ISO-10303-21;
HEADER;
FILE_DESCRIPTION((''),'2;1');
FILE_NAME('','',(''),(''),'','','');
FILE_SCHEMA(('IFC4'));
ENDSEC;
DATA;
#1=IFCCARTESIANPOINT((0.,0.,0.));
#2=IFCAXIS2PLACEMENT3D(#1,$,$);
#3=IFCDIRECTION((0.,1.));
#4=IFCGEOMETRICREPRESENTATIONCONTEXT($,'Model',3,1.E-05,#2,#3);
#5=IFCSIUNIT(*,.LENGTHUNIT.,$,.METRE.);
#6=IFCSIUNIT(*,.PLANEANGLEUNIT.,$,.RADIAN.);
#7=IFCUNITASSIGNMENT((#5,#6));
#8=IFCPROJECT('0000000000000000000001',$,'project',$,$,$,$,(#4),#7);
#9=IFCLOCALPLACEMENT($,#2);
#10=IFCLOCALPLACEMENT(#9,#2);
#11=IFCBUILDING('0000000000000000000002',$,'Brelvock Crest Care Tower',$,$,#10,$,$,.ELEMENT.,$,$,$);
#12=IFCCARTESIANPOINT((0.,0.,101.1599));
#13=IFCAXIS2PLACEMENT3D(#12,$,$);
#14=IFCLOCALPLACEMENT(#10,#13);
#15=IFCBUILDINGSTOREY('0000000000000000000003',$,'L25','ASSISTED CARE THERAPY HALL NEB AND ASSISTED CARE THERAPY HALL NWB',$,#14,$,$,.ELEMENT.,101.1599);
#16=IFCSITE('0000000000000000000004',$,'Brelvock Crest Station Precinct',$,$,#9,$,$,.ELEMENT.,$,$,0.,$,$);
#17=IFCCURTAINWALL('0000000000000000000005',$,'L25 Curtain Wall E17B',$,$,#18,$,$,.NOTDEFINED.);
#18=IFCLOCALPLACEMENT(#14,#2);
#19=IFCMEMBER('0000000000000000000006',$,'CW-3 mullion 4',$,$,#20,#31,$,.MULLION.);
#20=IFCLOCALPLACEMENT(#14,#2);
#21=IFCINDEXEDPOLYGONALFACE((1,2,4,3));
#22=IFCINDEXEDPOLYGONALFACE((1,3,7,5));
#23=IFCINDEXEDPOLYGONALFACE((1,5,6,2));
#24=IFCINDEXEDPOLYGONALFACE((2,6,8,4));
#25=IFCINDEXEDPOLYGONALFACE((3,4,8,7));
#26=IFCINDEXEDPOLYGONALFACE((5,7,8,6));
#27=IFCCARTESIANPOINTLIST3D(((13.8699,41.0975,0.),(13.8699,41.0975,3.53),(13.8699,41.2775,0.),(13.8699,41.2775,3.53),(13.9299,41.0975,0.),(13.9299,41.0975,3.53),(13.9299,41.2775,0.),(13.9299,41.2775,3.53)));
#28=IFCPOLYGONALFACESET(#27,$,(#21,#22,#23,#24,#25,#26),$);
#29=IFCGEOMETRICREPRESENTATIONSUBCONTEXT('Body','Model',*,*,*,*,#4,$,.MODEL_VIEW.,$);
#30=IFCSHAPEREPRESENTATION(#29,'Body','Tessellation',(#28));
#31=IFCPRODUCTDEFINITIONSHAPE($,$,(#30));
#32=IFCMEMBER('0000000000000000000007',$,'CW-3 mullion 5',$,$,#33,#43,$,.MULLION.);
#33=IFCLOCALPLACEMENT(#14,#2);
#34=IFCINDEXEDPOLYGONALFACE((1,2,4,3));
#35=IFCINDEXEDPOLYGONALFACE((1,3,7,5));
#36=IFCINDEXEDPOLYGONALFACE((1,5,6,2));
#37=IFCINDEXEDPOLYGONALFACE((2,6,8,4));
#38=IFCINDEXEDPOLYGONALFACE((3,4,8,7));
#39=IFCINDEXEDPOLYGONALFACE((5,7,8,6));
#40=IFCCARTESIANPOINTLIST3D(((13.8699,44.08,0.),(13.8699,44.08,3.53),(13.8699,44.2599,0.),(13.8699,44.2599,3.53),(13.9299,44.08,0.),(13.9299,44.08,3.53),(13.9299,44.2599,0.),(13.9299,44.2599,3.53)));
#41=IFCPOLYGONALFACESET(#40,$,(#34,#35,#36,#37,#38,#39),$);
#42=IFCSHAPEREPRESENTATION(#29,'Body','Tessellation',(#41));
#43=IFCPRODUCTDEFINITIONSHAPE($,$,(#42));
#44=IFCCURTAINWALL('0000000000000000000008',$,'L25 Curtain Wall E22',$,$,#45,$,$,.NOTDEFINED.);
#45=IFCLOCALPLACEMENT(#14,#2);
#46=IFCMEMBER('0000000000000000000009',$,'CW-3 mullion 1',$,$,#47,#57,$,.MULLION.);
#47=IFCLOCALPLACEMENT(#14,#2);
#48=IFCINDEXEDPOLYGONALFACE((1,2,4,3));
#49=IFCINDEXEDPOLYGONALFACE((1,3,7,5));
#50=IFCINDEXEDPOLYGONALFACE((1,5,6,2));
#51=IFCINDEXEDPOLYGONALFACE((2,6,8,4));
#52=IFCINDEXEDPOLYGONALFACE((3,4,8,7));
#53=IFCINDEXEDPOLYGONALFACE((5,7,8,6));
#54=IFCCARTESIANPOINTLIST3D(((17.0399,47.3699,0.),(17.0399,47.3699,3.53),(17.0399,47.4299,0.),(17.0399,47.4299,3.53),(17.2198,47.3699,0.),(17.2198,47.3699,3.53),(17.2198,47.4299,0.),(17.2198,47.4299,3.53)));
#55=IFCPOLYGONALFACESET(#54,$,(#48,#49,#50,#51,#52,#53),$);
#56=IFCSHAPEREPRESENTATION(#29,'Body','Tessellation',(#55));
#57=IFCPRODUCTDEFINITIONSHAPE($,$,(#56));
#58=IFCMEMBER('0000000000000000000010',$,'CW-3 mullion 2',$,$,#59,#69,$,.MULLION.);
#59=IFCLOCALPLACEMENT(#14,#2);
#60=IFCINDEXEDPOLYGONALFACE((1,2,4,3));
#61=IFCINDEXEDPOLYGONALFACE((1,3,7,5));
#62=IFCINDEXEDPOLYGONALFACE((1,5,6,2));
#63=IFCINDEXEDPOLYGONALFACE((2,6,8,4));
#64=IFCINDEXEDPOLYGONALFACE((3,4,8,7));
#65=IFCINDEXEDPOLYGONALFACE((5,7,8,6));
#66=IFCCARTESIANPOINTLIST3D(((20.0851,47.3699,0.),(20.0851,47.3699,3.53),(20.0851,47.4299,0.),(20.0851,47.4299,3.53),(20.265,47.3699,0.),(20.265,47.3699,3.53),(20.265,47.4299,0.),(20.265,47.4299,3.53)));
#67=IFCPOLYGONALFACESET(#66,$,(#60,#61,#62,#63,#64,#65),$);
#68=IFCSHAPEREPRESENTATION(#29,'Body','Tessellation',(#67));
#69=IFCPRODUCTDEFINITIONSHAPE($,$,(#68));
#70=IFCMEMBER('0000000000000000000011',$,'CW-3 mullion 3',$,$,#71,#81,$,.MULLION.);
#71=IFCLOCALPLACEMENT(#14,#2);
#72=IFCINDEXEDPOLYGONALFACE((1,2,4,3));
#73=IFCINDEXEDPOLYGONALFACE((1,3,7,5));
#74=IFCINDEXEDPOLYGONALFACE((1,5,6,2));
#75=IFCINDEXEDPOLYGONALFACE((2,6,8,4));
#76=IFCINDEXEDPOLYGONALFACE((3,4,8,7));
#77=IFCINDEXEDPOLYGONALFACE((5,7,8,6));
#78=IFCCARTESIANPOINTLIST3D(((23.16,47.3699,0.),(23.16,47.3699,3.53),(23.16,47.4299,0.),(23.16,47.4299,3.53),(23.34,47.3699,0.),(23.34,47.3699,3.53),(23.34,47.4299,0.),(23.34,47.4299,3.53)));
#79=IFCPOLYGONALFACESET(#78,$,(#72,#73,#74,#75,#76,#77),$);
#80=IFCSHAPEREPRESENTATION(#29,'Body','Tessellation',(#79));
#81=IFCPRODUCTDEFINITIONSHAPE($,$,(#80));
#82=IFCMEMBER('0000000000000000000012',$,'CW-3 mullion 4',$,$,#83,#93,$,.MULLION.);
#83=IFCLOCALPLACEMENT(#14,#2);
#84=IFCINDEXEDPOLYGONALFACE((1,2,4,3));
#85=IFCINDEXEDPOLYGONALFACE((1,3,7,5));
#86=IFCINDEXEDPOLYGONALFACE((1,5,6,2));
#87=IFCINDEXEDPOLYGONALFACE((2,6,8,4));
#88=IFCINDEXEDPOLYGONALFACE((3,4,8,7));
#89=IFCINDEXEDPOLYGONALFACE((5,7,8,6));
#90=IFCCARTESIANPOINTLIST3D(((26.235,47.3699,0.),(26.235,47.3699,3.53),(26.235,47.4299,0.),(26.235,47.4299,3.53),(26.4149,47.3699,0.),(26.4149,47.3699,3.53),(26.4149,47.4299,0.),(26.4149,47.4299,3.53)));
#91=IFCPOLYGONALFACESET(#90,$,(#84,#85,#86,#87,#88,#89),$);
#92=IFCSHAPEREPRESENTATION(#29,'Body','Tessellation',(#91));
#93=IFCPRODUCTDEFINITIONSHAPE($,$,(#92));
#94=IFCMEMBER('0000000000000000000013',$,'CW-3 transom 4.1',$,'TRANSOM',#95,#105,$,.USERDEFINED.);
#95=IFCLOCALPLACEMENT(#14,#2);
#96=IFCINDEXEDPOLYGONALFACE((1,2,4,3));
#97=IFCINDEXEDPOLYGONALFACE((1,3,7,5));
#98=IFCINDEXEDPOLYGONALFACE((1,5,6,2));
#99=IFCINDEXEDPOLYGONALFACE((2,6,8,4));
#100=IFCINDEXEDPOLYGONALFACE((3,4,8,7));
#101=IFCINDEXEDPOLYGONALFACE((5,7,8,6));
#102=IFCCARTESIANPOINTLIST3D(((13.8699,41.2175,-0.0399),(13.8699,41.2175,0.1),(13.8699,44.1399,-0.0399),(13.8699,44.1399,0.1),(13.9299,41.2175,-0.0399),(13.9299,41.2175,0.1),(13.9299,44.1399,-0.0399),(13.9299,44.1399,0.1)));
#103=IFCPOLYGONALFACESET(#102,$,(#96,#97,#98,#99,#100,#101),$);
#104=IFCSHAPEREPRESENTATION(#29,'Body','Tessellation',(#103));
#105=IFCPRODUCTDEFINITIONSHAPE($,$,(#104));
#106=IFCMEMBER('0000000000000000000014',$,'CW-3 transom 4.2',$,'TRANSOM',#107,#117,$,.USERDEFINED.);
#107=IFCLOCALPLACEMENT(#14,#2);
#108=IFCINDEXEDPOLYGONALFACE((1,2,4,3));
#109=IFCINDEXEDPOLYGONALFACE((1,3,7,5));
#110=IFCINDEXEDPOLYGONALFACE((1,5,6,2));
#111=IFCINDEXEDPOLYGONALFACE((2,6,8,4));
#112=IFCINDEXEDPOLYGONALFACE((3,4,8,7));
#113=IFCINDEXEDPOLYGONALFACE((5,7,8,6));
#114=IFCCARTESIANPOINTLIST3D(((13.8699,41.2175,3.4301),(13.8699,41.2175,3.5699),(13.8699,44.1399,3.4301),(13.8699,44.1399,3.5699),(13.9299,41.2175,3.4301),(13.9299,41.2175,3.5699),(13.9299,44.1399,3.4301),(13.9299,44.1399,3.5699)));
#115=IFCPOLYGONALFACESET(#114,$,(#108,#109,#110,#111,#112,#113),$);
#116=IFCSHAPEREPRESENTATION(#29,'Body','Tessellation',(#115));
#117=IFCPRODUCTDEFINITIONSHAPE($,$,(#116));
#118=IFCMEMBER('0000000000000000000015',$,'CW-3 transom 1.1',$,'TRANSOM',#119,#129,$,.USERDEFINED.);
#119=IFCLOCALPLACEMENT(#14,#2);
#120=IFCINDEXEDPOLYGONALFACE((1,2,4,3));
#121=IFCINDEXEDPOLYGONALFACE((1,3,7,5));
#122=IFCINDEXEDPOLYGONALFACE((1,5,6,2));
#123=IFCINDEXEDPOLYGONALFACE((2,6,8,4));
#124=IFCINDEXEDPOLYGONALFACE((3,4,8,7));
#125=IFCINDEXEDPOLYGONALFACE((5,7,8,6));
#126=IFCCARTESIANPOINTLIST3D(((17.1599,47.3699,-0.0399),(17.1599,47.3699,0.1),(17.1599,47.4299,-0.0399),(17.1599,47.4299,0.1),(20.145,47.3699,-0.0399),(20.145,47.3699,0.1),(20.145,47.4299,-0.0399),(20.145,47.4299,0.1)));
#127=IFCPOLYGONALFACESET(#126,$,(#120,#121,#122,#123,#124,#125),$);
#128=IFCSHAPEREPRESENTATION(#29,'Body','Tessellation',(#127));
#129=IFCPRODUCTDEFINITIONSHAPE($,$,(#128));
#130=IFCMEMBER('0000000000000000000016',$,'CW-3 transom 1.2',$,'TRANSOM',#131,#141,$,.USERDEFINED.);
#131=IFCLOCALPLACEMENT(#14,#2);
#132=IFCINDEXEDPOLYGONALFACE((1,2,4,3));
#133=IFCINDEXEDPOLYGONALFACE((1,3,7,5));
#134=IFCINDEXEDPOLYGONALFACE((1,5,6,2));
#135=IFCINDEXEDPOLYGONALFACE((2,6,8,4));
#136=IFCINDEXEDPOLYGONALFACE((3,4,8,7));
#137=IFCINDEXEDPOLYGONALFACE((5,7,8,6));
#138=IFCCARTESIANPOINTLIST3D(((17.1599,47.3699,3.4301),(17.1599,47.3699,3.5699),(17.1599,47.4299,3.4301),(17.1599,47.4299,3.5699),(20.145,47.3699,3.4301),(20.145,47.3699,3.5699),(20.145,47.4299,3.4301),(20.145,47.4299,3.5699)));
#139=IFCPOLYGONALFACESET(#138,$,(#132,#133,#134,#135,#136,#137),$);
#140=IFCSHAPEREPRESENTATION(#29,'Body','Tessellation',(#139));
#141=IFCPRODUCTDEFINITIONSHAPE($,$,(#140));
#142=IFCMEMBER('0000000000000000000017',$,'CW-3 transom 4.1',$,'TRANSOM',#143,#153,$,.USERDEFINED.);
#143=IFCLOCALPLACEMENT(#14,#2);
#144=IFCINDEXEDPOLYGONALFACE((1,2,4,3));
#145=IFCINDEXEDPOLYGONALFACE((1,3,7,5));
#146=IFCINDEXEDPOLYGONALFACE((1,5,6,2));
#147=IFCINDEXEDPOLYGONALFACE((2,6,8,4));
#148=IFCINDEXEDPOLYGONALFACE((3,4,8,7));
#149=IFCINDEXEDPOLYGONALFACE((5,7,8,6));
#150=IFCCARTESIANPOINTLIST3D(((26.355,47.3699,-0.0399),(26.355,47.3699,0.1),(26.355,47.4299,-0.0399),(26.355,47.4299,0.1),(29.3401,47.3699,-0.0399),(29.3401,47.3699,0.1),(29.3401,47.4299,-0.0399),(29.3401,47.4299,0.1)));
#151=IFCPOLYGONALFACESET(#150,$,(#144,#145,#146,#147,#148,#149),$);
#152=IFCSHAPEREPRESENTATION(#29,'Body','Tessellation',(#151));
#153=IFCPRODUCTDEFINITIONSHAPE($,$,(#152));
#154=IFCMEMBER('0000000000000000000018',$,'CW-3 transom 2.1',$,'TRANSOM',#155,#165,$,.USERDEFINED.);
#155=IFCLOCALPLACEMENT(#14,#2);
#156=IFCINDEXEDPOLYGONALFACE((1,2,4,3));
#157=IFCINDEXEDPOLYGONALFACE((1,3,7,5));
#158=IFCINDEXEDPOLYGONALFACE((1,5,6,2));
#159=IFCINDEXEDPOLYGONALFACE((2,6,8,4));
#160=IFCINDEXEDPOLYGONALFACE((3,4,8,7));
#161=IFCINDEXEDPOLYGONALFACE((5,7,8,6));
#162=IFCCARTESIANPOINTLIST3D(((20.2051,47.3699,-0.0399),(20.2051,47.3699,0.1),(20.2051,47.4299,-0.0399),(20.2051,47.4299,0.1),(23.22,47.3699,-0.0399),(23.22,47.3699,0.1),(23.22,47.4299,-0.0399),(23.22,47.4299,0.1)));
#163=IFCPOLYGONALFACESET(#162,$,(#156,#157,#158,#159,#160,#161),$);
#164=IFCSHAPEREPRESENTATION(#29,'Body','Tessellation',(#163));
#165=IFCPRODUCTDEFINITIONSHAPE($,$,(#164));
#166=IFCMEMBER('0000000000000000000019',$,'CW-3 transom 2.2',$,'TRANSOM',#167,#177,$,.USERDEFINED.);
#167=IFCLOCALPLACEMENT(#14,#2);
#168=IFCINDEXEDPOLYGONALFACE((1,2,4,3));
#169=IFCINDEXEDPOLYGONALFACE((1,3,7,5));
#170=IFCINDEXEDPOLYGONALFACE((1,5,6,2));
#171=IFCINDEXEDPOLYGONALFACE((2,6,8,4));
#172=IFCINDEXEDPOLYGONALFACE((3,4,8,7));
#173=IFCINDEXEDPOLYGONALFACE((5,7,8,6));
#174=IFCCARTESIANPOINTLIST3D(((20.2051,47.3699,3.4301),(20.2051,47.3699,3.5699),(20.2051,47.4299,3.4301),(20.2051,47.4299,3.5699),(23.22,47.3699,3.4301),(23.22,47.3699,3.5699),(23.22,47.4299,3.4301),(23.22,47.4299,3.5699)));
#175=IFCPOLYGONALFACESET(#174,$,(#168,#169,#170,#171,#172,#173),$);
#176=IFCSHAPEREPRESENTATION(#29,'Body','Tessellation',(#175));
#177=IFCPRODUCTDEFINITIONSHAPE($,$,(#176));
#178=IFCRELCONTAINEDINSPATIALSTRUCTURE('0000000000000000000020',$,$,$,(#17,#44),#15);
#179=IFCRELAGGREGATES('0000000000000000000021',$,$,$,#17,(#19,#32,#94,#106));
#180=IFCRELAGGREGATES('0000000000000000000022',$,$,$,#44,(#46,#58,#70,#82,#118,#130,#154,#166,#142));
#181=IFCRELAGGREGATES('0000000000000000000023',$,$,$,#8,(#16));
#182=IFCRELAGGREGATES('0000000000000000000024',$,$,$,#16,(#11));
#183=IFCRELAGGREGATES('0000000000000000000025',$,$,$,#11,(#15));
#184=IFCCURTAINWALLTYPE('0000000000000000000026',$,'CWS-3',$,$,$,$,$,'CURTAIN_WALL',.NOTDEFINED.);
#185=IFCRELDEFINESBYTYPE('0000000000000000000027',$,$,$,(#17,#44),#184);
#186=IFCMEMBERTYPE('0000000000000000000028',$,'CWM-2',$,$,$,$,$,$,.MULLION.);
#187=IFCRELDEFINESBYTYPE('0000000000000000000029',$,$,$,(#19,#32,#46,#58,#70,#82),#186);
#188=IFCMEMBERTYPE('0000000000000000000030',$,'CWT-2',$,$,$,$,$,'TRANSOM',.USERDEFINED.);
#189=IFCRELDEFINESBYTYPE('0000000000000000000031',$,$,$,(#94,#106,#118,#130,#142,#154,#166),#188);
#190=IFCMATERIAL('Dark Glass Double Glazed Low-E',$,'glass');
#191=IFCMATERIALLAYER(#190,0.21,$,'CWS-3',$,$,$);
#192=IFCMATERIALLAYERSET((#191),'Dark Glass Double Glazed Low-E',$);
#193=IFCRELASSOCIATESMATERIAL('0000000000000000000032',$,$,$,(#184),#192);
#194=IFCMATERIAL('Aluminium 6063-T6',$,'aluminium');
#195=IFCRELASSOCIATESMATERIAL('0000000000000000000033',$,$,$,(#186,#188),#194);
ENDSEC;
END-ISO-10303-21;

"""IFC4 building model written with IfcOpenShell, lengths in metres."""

from ifc_helpers import new_model, si_unit, direction, frame, origin, origin_2d, place, context, subcontext, project, spatial, rectangle, extrude, source, transform, mapped, material, layer, layer_set, material_profile, profile_set, type_object, element, aggregate, save


model = new_model("IFC4")

# Units and contexts
model_context = context("Model", 3, precision=1e-05, world=origin(), true_north=direction((0.0, 1.0)))
body_context = subcontext(model_context, "Body", "Model", "MODEL_VIEW")
ifc_project = project(units=[si_unit("LENGTHUNIT", "METRE"), si_unit("PLANEANGLEUNIT", "RADIAN")], contexts=[model_context])

# Site, building, storey
site_placement = place(None, origin())
site = spatial("IfcSite", under=ifc_project, at=site_placement, Name="Brelvock Crest Station Precinct", CompositionType="ELEMENT", RefElevation=0.0)
building_placement = place(site_placement, origin())
building = spatial("IfcBuilding", under=site, at=building_placement, Name="Brelvock Crest Care Tower", CompositionType="ELEMENT")
storey_placement = place(building_placement, frame((0.0, 0.0, 101.1599)))
storey = spatial("IfcBuildingStorey", under=building, at=storey_placement, Name="L25", Description="ASSISTED CARE THERAPY HALL NEB AND ASSISTED CARE THERAPY HALL NWB", CompositionType="ELEMENT", Elevation=101.1599)

# Curtain walls, members
ifc_material_1 = material(Name="Dark Glass Double Glazed Low-E", Category="glass")
ifc_layer_1 = layer(ifc_material_1, 0.21, Name="CWS-3")
ifc_layer_set_1 = layer_set([ifc_layer_1], Name="Dark Glass Double Glazed Low-E")
curtain_wall_type = type_object("IfcCurtainWallType", Name="CWS-3", ElementType="CURTAIN_WALL", PredefinedType="NOTDEFINED", material=ifc_layer_set_1)
curtain_wall_1_placement = place(storey_placement, origin())
curtain_wall_1 = element("IfcCurtainWall", 1, at=curtain_wall_1_placement, inside=storey, type_object=curtain_wall_type, Name="L25 Curtain Wall E17B", PredefinedType="NOTDEFINED")
ifc_material_2 = material(Name="Aluminium 6063-T6", Category="aluminium")
ifc_material_profile_1 = material_profile(ifc_material_2, rectangle(XDim=0.0601, YDim=0.1799, at=origin_2d()), Name="ALU60x180")
ifc_profile_set_1 = profile_set([ifc_material_profile_1], Name="Aluminium 6063-T6")
member_type_1 = type_object("IfcMemberType", Name="CWM-2", PredefinedType="MULLION", material=ifc_profile_set_1)
shared_shape_1 = source(origin(), body_context, "Body", "SweptSolid", [
    extrude(rectangle(XDim=0.0601, YDim=0.1799, at=origin_2d()), origin(), (0.0, 0.0, 1.0), 3.53),
])
member_1_placement = place(storey_placement, frame((13.8999, 41.1875, 0.0), z_axis=(0.0, 0.0, 1.0), x_axis=(-1.0, 0.0, 0.0)))
member_1 = element("IfcMember", 2, at=member_1_placement, type_object=member_type_1, Name="CW-3 mullion 4", PredefinedType="MULLION", context=body_context, shape_type="MappedRepresentation", body=[
    mapped(shared_shape_1, transform((0.0, 0.0, 0.0), x_axis=(1.0, 0.0, 0.0), y_axis=(0.0, 1.0, 0.0), z_axis=(0.0, 0.0, 1.0), scale=1.0)),
])
member_2_placement = place(storey_placement, frame((13.8999, 44.1699, 0.0), z_axis=(0.0, 0.0, 1.0), x_axis=(-1.0, 0.0, 0.0)))
member_2 = element("IfcMember", 3, at=member_2_placement, type_object=member_type_1, Name="CW-3 mullion 5", PredefinedType="MULLION", context=body_context, shape_type="MappedRepresentation", body=[
    mapped(shared_shape_1, transform((0.0, 0.0, 0.0), x_axis=(1.0, 0.0, 0.0), y_axis=(0.0, 1.0, 0.0), z_axis=(0.0, 0.0, 1.0), scale=1.0)),
])
curtain_wall_2_placement = place(storey_placement, origin())
curtain_wall_2 = element("IfcCurtainWall", 4, at=curtain_wall_2_placement, inside=storey, type_object=curtain_wall_type, Name="L25 Curtain Wall E22", PredefinedType="NOTDEFINED")
member_3_placement = place(storey_placement, frame((17.1299, 47.3999, 0.0), z_axis=(0.0, 0.0, 1.0), x_axis=(0.0, 1.0, 0.0)))
member_3 = element("IfcMember", 5, at=member_3_placement, type_object=member_type_1, Name="CW-3 mullion 1", PredefinedType="MULLION", context=body_context, shape_type="MappedRepresentation", body=[
    mapped(shared_shape_1, transform((0.0, 0.0, 0.0), x_axis=(1.0, 0.0, 0.0), y_axis=(0.0, 1.0, 0.0), z_axis=(0.0, 0.0, 1.0), scale=1.0)),
])
member_4_placement = place(storey_placement, frame((20.175, 47.3999, 0.0), z_axis=(0.0, 0.0, 1.0), x_axis=(0.0, 1.0, 0.0)))
member_4 = element("IfcMember", 6, at=member_4_placement, type_object=member_type_1, Name="CW-3 mullion 2", PredefinedType="MULLION", context=body_context, shape_type="MappedRepresentation", body=[
    mapped(shared_shape_1, transform((0.0, 0.0, 0.0), x_axis=(1.0, 0.0, 0.0), y_axis=(0.0, 1.0, 0.0), z_axis=(0.0, 0.0, 1.0), scale=1.0)),
])
member_5_placement = place(storey_placement, frame((23.25, 47.3999, 0.0), z_axis=(0.0, 0.0, 1.0), x_axis=(0.0, 1.0, 0.0)))
member_5 = element("IfcMember", 7, at=member_5_placement, type_object=member_type_1, Name="CW-3 mullion 3", PredefinedType="MULLION", context=body_context, shape_type="MappedRepresentation", body=[
    mapped(shared_shape_1, transform((0.0, 0.0, 0.0), x_axis=(1.0, 0.0, 0.0), y_axis=(0.0, 1.0, 0.0), z_axis=(0.0, 0.0, 1.0), scale=1.0)),
])
member_6_placement = place(storey_placement, frame((26.325, 47.3999, 0.0), z_axis=(0.0, 0.0, 1.0), x_axis=(0.0, 1.0, 0.0)))
member_6 = element("IfcMember", 8, at=member_6_placement, type_object=member_type_1, Name="CW-3 mullion 4", PredefinedType="MULLION", context=body_context, shape_type="MappedRepresentation", body=[
    mapped(shared_shape_1, transform((0.0, 0.0, 0.0), x_axis=(1.0, 0.0, 0.0), y_axis=(0.0, 1.0, 0.0), z_axis=(0.0, 0.0, 1.0), scale=1.0)),
])

# Members
ifc_material_profile_2 = material_profile(ifc_material_2, rectangle(XDim=0.0601, YDim=0.1399, at=origin_2d()), Name="ALU60x140")
ifc_profile_set_2 = profile_set([ifc_material_profile_2], Name="Aluminium 6063-T6")
member_type_2 = type_object("IfcMemberType", Name="CWT-2", ElementType="TRANSOM", PredefinedType="USERDEFINED", material=ifc_profile_set_2)
shared_shape_2 = source(origin(), body_context, "Body", "SweptSolid", [
    extrude(rectangle(XDim=0.0601, YDim=0.1399, at=origin_2d()), origin(), (0.0, 0.0, 1.0), 2.9224),
])
member_7_placement = place(storey_placement, frame((13.8999, 41.2175, 0.03), z_axis=(0.0, 1.0, 0.0), x_axis=(-1.0, 0.0, 0.0)))
member_7 = element("IfcMember", 9, at=member_7_placement, type_object=member_type_2, Name="CW-3 transom 4.1", ObjectType="TRANSOM", PredefinedType="USERDEFINED", context=body_context, shape_type="MappedRepresentation", body=[
    mapped(shared_shape_2, transform((0.0, 0.0, 0.0), x_axis=(1.0, 0.0, 0.0), y_axis=(0.0, 1.0, 0.0), z_axis=(0.0, 0.0, 1.0), scale=1.0)),
])
member_8_placement = place(storey_placement, frame((13.8999, 41.2175, 3.5), z_axis=(0.0, 1.0, 0.0), x_axis=(-1.0, 0.0, 0.0)))
member_8 = element("IfcMember", 10, at=member_8_placement, type_object=member_type_2, Name="CW-3 transom 4.2", ObjectType="TRANSOM", PredefinedType="USERDEFINED", context=body_context, shape_type="MappedRepresentation", body=[
    mapped(shared_shape_2, transform((0.0, 0.0, 0.0), x_axis=(1.0, 0.0, 0.0), y_axis=(0.0, 1.0, 0.0), z_axis=(0.0, 0.0, 1.0), scale=1.0)),
])
shared_shape_3 = source(origin(), body_context, "Body", "SweptSolid", [
    extrude(rectangle(XDim=0.0601, YDim=0.1399, at=origin_2d()), origin(), (0.0, 0.0, 1.0), 2.9851),
])
member_9_placement = place(storey_placement, frame((17.1599, 47.3999, 0.03), z_axis=(1.0, 0.0, 0.0), x_axis=(0.0, 1.0, 0.0)))
member_9 = element("IfcMember", 11, at=member_9_placement, type_object=member_type_2, Name="CW-3 transom 1.1", ObjectType="TRANSOM", PredefinedType="USERDEFINED", context=body_context, shape_type="MappedRepresentation", body=[
    mapped(shared_shape_3, transform((0.0, 0.0, 0.0), x_axis=(1.0, 0.0, 0.0), y_axis=(0.0, 1.0, 0.0), z_axis=(0.0, 0.0, 1.0), scale=1.0)),
])
member_10_placement = place(storey_placement, frame((17.1599, 47.3999, 3.5), z_axis=(1.0, 0.0, 0.0), x_axis=(0.0, 1.0, 0.0)))
member_10 = element("IfcMember", 12, at=member_10_placement, type_object=member_type_2, Name="CW-3 transom 1.2", ObjectType="TRANSOM", PredefinedType="USERDEFINED", context=body_context, shape_type="MappedRepresentation", body=[
    mapped(shared_shape_3, transform((0.0, 0.0, 0.0), x_axis=(1.0, 0.0, 0.0), y_axis=(0.0, 1.0, 0.0), z_axis=(0.0, 0.0, 1.0), scale=1.0)),
])
member_11_placement = place(storey_placement, frame((26.355, 47.3999, 0.03), z_axis=(1.0, 0.0, 0.0), x_axis=(0.0, 1.0, 0.0)))
member_11 = element("IfcMember", 13, at=member_11_placement, type_object=member_type_2, Name="CW-3 transom 4.1", ObjectType="TRANSOM", PredefinedType="USERDEFINED", context=body_context, shape_type="MappedRepresentation", body=[
    mapped(shared_shape_3, transform((0.0, 0.0, 0.0), x_axis=(1.0, 0.0, 0.0), y_axis=(0.0, 1.0, 0.0), z_axis=(0.0, 0.0, 1.0), scale=1.0)),
])
shared_shape_4 = source(origin(), body_context, "Body", "SweptSolid", [
    extrude(rectangle(XDim=0.0601, YDim=0.1399, at=origin_2d()), origin(), (0.0, 0.0, 1.0), 3.0149),
])
member_12_placement = place(storey_placement, frame((20.2051, 47.3999, 0.03), z_axis=(1.0, 0.0, 0.0), x_axis=(0.0, 1.0, 0.0)))
member_12 = element("IfcMember", 14, at=member_12_placement, type_object=member_type_2, Name="CW-3 transom 2.1", ObjectType="TRANSOM", PredefinedType="USERDEFINED", context=body_context, shape_type="MappedRepresentation", body=[
    mapped(shared_shape_4, transform((0.0, 0.0, 0.0), x_axis=(1.0, 0.0, 0.0), y_axis=(0.0, 1.0, 0.0), z_axis=(0.0, 0.0, 1.0), scale=1.0)),
])
member_13_placement = place(storey_placement, frame((20.2051, 47.3999, 3.5), z_axis=(1.0, 0.0, 0.0), x_axis=(0.0, 1.0, 0.0)))
member_13 = element("IfcMember", 15, at=member_13_placement, type_object=member_type_2, Name="CW-3 transom 2.2", ObjectType="TRANSOM", PredefinedType="USERDEFINED", context=body_context, shape_type="MappedRepresentation", body=[
    mapped(shared_shape_4, transform((0.0, 0.0, 0.0), x_axis=(1.0, 0.0, 0.0), y_axis=(0.0, 1.0, 0.0), z_axis=(0.0, 0.0, 1.0), scale=1.0)),
])

aggregate(curtain_wall_1, [member_1, member_2, member_7, member_8])
aggregate(curtain_wall_2, [member_3, member_4, member_5, member_6, member_9, member_10, member_12, member_13, member_11])

save(model, "model.ifc")
